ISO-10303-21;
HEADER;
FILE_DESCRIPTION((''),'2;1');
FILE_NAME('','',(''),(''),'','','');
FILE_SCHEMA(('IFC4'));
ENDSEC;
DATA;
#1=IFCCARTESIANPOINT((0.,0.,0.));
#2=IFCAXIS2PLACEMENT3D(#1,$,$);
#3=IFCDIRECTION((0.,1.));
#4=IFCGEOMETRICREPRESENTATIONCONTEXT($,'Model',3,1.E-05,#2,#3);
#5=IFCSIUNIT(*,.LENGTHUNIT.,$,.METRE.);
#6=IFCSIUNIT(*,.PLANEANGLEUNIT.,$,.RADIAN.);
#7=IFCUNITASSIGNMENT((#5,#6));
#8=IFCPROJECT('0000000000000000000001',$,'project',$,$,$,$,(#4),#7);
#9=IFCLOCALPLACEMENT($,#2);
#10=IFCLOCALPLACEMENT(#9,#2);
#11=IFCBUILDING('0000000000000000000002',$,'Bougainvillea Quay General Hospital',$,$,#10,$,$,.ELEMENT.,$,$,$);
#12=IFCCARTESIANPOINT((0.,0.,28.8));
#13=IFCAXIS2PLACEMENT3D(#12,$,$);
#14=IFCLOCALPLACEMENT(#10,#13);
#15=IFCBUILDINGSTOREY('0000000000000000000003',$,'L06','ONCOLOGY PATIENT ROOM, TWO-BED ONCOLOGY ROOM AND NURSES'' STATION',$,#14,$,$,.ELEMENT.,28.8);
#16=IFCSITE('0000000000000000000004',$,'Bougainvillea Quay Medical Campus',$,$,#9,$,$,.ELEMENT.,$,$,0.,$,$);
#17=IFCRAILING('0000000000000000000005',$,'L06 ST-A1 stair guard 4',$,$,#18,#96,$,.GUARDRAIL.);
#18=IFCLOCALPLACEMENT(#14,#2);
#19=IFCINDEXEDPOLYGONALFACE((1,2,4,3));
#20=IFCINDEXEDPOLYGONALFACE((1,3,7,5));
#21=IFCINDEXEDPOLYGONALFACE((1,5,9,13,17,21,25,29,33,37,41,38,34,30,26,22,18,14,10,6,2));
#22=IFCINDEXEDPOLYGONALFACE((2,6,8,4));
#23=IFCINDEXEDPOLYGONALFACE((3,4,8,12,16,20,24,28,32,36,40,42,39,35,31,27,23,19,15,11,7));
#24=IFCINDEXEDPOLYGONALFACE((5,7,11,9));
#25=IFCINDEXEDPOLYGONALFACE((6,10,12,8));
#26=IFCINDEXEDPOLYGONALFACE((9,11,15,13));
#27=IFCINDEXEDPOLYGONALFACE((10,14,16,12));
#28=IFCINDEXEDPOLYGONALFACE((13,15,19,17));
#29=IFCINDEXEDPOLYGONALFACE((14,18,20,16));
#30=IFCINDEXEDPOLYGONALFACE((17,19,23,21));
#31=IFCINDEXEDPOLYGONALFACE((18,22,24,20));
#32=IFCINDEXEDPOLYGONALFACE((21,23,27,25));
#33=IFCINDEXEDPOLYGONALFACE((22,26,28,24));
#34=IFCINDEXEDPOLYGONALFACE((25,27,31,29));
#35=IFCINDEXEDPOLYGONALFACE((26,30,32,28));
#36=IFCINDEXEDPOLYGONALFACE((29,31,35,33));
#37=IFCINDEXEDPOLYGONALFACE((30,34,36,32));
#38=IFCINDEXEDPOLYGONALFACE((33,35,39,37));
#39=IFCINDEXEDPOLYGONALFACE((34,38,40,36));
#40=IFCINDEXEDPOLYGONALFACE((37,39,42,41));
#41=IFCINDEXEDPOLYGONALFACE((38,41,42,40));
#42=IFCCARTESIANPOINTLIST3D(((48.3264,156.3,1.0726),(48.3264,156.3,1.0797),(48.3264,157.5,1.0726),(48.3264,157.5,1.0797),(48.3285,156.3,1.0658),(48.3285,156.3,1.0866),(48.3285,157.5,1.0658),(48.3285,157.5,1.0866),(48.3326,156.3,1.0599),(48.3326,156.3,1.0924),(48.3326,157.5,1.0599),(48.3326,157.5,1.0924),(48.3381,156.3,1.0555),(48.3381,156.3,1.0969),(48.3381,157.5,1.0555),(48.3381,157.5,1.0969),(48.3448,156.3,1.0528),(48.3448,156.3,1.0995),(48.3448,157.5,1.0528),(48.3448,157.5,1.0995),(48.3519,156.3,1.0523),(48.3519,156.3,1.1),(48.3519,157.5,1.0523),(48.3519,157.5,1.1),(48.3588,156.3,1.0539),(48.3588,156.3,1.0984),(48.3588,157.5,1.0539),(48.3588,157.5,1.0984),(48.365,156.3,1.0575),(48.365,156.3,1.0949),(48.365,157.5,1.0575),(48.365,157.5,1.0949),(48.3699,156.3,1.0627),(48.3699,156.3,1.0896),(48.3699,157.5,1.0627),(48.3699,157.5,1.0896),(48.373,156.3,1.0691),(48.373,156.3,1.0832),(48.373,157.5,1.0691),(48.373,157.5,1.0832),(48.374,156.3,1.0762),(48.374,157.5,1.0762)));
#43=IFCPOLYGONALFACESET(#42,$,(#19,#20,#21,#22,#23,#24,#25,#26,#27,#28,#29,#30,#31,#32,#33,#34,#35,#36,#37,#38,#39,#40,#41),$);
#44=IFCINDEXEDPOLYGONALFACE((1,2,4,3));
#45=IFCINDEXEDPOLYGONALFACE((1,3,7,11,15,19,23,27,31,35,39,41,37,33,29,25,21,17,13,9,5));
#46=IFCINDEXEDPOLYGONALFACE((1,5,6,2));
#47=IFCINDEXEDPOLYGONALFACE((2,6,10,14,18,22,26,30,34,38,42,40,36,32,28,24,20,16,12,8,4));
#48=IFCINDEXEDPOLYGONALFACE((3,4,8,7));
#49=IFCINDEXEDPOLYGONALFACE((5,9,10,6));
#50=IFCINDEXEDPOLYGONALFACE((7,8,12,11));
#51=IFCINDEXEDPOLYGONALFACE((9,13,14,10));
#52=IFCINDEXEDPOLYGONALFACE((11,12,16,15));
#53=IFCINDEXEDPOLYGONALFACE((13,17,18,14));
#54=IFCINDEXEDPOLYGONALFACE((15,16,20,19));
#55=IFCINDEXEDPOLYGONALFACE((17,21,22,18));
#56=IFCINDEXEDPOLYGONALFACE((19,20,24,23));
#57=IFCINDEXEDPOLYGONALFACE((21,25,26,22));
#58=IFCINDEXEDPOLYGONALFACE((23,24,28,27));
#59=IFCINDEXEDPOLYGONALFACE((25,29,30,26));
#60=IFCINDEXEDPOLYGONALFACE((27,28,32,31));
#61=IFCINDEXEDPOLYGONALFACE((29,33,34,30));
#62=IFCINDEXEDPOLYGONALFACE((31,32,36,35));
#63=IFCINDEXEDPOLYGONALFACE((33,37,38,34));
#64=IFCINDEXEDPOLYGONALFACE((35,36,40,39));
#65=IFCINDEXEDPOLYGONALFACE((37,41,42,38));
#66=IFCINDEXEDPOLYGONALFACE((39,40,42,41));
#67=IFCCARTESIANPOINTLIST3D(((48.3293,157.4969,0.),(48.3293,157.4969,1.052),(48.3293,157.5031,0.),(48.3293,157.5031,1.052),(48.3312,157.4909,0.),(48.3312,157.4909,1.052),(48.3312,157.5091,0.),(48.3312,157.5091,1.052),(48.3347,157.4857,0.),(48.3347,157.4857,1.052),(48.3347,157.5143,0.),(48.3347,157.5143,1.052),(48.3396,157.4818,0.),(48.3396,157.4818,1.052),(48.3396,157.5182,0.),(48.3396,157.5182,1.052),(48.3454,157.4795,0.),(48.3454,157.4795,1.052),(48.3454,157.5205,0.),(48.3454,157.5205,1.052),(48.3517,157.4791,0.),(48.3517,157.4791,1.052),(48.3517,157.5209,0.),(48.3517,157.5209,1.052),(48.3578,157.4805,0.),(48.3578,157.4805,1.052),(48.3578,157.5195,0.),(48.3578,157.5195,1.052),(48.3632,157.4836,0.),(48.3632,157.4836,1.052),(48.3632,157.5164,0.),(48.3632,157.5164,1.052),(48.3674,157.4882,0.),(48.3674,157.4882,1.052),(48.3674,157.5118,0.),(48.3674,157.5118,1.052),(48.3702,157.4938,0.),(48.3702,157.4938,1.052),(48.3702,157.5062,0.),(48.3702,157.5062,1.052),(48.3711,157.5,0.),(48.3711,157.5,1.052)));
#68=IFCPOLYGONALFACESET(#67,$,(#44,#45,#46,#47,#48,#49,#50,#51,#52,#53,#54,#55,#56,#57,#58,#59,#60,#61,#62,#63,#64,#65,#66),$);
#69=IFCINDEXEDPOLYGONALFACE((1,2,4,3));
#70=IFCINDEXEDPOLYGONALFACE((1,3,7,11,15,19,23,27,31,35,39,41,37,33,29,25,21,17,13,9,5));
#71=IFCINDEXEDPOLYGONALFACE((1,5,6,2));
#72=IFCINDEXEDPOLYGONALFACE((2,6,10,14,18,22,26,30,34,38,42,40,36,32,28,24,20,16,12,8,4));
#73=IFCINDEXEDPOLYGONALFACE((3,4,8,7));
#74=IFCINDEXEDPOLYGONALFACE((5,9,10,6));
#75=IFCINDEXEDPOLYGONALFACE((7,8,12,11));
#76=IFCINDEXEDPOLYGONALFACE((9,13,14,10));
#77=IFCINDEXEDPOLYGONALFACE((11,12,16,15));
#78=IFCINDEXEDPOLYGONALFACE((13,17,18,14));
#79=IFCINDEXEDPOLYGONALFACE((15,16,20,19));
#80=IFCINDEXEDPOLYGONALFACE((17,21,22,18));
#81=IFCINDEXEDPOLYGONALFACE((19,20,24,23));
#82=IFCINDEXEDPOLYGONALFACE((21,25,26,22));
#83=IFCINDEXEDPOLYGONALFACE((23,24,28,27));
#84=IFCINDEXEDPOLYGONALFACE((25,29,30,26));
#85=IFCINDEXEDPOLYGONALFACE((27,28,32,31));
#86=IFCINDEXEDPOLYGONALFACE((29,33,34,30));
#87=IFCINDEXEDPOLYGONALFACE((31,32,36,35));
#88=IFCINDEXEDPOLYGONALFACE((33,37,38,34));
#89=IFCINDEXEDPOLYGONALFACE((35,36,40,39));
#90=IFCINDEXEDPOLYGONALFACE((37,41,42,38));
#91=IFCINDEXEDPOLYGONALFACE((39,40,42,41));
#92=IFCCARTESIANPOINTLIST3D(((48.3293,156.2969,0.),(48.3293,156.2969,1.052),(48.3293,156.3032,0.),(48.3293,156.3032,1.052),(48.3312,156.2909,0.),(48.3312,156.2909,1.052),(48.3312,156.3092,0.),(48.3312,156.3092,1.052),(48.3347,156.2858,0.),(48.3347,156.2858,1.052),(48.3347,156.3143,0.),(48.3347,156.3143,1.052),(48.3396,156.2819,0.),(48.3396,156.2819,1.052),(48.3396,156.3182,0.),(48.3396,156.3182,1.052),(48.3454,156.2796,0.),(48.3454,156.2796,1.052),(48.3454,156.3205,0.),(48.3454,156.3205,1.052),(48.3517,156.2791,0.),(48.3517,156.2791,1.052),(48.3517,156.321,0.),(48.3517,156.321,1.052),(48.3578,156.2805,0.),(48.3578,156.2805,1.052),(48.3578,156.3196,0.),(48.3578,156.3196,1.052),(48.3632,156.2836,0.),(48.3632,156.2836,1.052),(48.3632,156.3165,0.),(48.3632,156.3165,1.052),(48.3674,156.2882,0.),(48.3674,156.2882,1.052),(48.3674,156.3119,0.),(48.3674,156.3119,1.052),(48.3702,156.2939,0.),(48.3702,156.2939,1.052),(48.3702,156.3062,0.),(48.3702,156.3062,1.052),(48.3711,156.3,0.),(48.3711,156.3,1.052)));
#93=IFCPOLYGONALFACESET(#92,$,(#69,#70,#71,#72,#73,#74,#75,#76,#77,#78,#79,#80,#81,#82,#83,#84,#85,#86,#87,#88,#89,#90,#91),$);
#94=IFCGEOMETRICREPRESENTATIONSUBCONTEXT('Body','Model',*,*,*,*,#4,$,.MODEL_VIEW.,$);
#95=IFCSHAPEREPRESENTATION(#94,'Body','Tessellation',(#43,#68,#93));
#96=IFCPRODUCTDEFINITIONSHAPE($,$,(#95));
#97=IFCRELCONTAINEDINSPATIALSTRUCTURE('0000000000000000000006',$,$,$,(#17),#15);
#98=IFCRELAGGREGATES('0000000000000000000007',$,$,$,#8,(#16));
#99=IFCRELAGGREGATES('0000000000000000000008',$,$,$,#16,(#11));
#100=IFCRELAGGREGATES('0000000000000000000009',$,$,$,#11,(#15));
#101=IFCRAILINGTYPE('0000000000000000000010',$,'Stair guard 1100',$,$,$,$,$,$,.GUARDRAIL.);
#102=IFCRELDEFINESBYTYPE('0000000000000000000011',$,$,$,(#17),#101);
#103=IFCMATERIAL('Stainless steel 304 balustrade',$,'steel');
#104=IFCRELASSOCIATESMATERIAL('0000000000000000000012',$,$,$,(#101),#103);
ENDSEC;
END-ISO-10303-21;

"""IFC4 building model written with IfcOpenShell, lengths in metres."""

from ifc_helpers import new_model, si_unit, direction, frame, origin, origin_2d, place, context, subcontext, project, spatial, circle, extrude, material, type_object, element, save


model = new_model("IFC4")

# Units and contexts
model_context = context("Model", 3, precision=1e-05, world=origin(), true_north=direction((0.0, 1.0)))
body_context = subcontext(model_context, "Body", "Model", "MODEL_VIEW")
ifc_project = project(units=[si_unit("LENGTHUNIT", "METRE"), si_unit("PLANEANGLEUNIT", "RADIAN")], contexts=[model_context])

# Site, building, storey
site_placement = place(None, origin())
site = spatial("IfcSite", under=ifc_project, at=site_placement, Name="Bougainvillea Quay Medical Campus", CompositionType="ELEMENT", RefElevation=0.0)
building_placement = place(site_placement, origin())
building = spatial("IfcBuilding", under=site, at=building_placement, Name="Bougainvillea Quay General Hospital", CompositionType="ELEMENT")
storey_placement = place(building_placement, frame((0.0, 0.0, 28.8)))
storey = spatial("IfcBuildingStorey", under=building, at=storey_placement, Name="L06", Description="ONCOLOGY PATIENT ROOM, TWO-BED ONCOLOGY ROOM AND NURSES' STATION", CompositionType="ELEMENT", Elevation=28.8)

# Railing
ifc_material_1 = material(Name="Stainless steel 304 balustrade", Category="steel")
railing_type_1 = type_object("IfcRailingType", Name="Stair guard 1100", PredefinedType="GUARDRAIL", material=ifc_material_1)
railing_1_placement = place(storey_placement, frame((48.3501, 157.5, 0.0)))
element("IfcRailing", 1, at=railing_1_placement, inside=storey, type_object=railing_type_1, Name="L06 ST-A1 stair guard 4", PredefinedType="GUARDRAIL", context=body_context, shape_type="SweptSolid", body=[
    extrude(circle(Radius=0.0239, at=origin_2d()), frame((0.0, 0.0, 1.0762), z_axis=(0.0, -1.0, 0.0), x_axis=(1.0, 0.0, 0.0)), (0.0, 0.0, 1.0), 1.2),
    extrude(circle(Radius=0.021, at=origin_2d()), origin(), (0.0, 0.0, 1.0), 1.052),
    extrude(circle(Radius=0.021, at=origin_2d()), frame((0.0, -1.2, 0.0)), (0.0, 0.0, 1.0), 1.052),
])

save(model, "model.ifc")
